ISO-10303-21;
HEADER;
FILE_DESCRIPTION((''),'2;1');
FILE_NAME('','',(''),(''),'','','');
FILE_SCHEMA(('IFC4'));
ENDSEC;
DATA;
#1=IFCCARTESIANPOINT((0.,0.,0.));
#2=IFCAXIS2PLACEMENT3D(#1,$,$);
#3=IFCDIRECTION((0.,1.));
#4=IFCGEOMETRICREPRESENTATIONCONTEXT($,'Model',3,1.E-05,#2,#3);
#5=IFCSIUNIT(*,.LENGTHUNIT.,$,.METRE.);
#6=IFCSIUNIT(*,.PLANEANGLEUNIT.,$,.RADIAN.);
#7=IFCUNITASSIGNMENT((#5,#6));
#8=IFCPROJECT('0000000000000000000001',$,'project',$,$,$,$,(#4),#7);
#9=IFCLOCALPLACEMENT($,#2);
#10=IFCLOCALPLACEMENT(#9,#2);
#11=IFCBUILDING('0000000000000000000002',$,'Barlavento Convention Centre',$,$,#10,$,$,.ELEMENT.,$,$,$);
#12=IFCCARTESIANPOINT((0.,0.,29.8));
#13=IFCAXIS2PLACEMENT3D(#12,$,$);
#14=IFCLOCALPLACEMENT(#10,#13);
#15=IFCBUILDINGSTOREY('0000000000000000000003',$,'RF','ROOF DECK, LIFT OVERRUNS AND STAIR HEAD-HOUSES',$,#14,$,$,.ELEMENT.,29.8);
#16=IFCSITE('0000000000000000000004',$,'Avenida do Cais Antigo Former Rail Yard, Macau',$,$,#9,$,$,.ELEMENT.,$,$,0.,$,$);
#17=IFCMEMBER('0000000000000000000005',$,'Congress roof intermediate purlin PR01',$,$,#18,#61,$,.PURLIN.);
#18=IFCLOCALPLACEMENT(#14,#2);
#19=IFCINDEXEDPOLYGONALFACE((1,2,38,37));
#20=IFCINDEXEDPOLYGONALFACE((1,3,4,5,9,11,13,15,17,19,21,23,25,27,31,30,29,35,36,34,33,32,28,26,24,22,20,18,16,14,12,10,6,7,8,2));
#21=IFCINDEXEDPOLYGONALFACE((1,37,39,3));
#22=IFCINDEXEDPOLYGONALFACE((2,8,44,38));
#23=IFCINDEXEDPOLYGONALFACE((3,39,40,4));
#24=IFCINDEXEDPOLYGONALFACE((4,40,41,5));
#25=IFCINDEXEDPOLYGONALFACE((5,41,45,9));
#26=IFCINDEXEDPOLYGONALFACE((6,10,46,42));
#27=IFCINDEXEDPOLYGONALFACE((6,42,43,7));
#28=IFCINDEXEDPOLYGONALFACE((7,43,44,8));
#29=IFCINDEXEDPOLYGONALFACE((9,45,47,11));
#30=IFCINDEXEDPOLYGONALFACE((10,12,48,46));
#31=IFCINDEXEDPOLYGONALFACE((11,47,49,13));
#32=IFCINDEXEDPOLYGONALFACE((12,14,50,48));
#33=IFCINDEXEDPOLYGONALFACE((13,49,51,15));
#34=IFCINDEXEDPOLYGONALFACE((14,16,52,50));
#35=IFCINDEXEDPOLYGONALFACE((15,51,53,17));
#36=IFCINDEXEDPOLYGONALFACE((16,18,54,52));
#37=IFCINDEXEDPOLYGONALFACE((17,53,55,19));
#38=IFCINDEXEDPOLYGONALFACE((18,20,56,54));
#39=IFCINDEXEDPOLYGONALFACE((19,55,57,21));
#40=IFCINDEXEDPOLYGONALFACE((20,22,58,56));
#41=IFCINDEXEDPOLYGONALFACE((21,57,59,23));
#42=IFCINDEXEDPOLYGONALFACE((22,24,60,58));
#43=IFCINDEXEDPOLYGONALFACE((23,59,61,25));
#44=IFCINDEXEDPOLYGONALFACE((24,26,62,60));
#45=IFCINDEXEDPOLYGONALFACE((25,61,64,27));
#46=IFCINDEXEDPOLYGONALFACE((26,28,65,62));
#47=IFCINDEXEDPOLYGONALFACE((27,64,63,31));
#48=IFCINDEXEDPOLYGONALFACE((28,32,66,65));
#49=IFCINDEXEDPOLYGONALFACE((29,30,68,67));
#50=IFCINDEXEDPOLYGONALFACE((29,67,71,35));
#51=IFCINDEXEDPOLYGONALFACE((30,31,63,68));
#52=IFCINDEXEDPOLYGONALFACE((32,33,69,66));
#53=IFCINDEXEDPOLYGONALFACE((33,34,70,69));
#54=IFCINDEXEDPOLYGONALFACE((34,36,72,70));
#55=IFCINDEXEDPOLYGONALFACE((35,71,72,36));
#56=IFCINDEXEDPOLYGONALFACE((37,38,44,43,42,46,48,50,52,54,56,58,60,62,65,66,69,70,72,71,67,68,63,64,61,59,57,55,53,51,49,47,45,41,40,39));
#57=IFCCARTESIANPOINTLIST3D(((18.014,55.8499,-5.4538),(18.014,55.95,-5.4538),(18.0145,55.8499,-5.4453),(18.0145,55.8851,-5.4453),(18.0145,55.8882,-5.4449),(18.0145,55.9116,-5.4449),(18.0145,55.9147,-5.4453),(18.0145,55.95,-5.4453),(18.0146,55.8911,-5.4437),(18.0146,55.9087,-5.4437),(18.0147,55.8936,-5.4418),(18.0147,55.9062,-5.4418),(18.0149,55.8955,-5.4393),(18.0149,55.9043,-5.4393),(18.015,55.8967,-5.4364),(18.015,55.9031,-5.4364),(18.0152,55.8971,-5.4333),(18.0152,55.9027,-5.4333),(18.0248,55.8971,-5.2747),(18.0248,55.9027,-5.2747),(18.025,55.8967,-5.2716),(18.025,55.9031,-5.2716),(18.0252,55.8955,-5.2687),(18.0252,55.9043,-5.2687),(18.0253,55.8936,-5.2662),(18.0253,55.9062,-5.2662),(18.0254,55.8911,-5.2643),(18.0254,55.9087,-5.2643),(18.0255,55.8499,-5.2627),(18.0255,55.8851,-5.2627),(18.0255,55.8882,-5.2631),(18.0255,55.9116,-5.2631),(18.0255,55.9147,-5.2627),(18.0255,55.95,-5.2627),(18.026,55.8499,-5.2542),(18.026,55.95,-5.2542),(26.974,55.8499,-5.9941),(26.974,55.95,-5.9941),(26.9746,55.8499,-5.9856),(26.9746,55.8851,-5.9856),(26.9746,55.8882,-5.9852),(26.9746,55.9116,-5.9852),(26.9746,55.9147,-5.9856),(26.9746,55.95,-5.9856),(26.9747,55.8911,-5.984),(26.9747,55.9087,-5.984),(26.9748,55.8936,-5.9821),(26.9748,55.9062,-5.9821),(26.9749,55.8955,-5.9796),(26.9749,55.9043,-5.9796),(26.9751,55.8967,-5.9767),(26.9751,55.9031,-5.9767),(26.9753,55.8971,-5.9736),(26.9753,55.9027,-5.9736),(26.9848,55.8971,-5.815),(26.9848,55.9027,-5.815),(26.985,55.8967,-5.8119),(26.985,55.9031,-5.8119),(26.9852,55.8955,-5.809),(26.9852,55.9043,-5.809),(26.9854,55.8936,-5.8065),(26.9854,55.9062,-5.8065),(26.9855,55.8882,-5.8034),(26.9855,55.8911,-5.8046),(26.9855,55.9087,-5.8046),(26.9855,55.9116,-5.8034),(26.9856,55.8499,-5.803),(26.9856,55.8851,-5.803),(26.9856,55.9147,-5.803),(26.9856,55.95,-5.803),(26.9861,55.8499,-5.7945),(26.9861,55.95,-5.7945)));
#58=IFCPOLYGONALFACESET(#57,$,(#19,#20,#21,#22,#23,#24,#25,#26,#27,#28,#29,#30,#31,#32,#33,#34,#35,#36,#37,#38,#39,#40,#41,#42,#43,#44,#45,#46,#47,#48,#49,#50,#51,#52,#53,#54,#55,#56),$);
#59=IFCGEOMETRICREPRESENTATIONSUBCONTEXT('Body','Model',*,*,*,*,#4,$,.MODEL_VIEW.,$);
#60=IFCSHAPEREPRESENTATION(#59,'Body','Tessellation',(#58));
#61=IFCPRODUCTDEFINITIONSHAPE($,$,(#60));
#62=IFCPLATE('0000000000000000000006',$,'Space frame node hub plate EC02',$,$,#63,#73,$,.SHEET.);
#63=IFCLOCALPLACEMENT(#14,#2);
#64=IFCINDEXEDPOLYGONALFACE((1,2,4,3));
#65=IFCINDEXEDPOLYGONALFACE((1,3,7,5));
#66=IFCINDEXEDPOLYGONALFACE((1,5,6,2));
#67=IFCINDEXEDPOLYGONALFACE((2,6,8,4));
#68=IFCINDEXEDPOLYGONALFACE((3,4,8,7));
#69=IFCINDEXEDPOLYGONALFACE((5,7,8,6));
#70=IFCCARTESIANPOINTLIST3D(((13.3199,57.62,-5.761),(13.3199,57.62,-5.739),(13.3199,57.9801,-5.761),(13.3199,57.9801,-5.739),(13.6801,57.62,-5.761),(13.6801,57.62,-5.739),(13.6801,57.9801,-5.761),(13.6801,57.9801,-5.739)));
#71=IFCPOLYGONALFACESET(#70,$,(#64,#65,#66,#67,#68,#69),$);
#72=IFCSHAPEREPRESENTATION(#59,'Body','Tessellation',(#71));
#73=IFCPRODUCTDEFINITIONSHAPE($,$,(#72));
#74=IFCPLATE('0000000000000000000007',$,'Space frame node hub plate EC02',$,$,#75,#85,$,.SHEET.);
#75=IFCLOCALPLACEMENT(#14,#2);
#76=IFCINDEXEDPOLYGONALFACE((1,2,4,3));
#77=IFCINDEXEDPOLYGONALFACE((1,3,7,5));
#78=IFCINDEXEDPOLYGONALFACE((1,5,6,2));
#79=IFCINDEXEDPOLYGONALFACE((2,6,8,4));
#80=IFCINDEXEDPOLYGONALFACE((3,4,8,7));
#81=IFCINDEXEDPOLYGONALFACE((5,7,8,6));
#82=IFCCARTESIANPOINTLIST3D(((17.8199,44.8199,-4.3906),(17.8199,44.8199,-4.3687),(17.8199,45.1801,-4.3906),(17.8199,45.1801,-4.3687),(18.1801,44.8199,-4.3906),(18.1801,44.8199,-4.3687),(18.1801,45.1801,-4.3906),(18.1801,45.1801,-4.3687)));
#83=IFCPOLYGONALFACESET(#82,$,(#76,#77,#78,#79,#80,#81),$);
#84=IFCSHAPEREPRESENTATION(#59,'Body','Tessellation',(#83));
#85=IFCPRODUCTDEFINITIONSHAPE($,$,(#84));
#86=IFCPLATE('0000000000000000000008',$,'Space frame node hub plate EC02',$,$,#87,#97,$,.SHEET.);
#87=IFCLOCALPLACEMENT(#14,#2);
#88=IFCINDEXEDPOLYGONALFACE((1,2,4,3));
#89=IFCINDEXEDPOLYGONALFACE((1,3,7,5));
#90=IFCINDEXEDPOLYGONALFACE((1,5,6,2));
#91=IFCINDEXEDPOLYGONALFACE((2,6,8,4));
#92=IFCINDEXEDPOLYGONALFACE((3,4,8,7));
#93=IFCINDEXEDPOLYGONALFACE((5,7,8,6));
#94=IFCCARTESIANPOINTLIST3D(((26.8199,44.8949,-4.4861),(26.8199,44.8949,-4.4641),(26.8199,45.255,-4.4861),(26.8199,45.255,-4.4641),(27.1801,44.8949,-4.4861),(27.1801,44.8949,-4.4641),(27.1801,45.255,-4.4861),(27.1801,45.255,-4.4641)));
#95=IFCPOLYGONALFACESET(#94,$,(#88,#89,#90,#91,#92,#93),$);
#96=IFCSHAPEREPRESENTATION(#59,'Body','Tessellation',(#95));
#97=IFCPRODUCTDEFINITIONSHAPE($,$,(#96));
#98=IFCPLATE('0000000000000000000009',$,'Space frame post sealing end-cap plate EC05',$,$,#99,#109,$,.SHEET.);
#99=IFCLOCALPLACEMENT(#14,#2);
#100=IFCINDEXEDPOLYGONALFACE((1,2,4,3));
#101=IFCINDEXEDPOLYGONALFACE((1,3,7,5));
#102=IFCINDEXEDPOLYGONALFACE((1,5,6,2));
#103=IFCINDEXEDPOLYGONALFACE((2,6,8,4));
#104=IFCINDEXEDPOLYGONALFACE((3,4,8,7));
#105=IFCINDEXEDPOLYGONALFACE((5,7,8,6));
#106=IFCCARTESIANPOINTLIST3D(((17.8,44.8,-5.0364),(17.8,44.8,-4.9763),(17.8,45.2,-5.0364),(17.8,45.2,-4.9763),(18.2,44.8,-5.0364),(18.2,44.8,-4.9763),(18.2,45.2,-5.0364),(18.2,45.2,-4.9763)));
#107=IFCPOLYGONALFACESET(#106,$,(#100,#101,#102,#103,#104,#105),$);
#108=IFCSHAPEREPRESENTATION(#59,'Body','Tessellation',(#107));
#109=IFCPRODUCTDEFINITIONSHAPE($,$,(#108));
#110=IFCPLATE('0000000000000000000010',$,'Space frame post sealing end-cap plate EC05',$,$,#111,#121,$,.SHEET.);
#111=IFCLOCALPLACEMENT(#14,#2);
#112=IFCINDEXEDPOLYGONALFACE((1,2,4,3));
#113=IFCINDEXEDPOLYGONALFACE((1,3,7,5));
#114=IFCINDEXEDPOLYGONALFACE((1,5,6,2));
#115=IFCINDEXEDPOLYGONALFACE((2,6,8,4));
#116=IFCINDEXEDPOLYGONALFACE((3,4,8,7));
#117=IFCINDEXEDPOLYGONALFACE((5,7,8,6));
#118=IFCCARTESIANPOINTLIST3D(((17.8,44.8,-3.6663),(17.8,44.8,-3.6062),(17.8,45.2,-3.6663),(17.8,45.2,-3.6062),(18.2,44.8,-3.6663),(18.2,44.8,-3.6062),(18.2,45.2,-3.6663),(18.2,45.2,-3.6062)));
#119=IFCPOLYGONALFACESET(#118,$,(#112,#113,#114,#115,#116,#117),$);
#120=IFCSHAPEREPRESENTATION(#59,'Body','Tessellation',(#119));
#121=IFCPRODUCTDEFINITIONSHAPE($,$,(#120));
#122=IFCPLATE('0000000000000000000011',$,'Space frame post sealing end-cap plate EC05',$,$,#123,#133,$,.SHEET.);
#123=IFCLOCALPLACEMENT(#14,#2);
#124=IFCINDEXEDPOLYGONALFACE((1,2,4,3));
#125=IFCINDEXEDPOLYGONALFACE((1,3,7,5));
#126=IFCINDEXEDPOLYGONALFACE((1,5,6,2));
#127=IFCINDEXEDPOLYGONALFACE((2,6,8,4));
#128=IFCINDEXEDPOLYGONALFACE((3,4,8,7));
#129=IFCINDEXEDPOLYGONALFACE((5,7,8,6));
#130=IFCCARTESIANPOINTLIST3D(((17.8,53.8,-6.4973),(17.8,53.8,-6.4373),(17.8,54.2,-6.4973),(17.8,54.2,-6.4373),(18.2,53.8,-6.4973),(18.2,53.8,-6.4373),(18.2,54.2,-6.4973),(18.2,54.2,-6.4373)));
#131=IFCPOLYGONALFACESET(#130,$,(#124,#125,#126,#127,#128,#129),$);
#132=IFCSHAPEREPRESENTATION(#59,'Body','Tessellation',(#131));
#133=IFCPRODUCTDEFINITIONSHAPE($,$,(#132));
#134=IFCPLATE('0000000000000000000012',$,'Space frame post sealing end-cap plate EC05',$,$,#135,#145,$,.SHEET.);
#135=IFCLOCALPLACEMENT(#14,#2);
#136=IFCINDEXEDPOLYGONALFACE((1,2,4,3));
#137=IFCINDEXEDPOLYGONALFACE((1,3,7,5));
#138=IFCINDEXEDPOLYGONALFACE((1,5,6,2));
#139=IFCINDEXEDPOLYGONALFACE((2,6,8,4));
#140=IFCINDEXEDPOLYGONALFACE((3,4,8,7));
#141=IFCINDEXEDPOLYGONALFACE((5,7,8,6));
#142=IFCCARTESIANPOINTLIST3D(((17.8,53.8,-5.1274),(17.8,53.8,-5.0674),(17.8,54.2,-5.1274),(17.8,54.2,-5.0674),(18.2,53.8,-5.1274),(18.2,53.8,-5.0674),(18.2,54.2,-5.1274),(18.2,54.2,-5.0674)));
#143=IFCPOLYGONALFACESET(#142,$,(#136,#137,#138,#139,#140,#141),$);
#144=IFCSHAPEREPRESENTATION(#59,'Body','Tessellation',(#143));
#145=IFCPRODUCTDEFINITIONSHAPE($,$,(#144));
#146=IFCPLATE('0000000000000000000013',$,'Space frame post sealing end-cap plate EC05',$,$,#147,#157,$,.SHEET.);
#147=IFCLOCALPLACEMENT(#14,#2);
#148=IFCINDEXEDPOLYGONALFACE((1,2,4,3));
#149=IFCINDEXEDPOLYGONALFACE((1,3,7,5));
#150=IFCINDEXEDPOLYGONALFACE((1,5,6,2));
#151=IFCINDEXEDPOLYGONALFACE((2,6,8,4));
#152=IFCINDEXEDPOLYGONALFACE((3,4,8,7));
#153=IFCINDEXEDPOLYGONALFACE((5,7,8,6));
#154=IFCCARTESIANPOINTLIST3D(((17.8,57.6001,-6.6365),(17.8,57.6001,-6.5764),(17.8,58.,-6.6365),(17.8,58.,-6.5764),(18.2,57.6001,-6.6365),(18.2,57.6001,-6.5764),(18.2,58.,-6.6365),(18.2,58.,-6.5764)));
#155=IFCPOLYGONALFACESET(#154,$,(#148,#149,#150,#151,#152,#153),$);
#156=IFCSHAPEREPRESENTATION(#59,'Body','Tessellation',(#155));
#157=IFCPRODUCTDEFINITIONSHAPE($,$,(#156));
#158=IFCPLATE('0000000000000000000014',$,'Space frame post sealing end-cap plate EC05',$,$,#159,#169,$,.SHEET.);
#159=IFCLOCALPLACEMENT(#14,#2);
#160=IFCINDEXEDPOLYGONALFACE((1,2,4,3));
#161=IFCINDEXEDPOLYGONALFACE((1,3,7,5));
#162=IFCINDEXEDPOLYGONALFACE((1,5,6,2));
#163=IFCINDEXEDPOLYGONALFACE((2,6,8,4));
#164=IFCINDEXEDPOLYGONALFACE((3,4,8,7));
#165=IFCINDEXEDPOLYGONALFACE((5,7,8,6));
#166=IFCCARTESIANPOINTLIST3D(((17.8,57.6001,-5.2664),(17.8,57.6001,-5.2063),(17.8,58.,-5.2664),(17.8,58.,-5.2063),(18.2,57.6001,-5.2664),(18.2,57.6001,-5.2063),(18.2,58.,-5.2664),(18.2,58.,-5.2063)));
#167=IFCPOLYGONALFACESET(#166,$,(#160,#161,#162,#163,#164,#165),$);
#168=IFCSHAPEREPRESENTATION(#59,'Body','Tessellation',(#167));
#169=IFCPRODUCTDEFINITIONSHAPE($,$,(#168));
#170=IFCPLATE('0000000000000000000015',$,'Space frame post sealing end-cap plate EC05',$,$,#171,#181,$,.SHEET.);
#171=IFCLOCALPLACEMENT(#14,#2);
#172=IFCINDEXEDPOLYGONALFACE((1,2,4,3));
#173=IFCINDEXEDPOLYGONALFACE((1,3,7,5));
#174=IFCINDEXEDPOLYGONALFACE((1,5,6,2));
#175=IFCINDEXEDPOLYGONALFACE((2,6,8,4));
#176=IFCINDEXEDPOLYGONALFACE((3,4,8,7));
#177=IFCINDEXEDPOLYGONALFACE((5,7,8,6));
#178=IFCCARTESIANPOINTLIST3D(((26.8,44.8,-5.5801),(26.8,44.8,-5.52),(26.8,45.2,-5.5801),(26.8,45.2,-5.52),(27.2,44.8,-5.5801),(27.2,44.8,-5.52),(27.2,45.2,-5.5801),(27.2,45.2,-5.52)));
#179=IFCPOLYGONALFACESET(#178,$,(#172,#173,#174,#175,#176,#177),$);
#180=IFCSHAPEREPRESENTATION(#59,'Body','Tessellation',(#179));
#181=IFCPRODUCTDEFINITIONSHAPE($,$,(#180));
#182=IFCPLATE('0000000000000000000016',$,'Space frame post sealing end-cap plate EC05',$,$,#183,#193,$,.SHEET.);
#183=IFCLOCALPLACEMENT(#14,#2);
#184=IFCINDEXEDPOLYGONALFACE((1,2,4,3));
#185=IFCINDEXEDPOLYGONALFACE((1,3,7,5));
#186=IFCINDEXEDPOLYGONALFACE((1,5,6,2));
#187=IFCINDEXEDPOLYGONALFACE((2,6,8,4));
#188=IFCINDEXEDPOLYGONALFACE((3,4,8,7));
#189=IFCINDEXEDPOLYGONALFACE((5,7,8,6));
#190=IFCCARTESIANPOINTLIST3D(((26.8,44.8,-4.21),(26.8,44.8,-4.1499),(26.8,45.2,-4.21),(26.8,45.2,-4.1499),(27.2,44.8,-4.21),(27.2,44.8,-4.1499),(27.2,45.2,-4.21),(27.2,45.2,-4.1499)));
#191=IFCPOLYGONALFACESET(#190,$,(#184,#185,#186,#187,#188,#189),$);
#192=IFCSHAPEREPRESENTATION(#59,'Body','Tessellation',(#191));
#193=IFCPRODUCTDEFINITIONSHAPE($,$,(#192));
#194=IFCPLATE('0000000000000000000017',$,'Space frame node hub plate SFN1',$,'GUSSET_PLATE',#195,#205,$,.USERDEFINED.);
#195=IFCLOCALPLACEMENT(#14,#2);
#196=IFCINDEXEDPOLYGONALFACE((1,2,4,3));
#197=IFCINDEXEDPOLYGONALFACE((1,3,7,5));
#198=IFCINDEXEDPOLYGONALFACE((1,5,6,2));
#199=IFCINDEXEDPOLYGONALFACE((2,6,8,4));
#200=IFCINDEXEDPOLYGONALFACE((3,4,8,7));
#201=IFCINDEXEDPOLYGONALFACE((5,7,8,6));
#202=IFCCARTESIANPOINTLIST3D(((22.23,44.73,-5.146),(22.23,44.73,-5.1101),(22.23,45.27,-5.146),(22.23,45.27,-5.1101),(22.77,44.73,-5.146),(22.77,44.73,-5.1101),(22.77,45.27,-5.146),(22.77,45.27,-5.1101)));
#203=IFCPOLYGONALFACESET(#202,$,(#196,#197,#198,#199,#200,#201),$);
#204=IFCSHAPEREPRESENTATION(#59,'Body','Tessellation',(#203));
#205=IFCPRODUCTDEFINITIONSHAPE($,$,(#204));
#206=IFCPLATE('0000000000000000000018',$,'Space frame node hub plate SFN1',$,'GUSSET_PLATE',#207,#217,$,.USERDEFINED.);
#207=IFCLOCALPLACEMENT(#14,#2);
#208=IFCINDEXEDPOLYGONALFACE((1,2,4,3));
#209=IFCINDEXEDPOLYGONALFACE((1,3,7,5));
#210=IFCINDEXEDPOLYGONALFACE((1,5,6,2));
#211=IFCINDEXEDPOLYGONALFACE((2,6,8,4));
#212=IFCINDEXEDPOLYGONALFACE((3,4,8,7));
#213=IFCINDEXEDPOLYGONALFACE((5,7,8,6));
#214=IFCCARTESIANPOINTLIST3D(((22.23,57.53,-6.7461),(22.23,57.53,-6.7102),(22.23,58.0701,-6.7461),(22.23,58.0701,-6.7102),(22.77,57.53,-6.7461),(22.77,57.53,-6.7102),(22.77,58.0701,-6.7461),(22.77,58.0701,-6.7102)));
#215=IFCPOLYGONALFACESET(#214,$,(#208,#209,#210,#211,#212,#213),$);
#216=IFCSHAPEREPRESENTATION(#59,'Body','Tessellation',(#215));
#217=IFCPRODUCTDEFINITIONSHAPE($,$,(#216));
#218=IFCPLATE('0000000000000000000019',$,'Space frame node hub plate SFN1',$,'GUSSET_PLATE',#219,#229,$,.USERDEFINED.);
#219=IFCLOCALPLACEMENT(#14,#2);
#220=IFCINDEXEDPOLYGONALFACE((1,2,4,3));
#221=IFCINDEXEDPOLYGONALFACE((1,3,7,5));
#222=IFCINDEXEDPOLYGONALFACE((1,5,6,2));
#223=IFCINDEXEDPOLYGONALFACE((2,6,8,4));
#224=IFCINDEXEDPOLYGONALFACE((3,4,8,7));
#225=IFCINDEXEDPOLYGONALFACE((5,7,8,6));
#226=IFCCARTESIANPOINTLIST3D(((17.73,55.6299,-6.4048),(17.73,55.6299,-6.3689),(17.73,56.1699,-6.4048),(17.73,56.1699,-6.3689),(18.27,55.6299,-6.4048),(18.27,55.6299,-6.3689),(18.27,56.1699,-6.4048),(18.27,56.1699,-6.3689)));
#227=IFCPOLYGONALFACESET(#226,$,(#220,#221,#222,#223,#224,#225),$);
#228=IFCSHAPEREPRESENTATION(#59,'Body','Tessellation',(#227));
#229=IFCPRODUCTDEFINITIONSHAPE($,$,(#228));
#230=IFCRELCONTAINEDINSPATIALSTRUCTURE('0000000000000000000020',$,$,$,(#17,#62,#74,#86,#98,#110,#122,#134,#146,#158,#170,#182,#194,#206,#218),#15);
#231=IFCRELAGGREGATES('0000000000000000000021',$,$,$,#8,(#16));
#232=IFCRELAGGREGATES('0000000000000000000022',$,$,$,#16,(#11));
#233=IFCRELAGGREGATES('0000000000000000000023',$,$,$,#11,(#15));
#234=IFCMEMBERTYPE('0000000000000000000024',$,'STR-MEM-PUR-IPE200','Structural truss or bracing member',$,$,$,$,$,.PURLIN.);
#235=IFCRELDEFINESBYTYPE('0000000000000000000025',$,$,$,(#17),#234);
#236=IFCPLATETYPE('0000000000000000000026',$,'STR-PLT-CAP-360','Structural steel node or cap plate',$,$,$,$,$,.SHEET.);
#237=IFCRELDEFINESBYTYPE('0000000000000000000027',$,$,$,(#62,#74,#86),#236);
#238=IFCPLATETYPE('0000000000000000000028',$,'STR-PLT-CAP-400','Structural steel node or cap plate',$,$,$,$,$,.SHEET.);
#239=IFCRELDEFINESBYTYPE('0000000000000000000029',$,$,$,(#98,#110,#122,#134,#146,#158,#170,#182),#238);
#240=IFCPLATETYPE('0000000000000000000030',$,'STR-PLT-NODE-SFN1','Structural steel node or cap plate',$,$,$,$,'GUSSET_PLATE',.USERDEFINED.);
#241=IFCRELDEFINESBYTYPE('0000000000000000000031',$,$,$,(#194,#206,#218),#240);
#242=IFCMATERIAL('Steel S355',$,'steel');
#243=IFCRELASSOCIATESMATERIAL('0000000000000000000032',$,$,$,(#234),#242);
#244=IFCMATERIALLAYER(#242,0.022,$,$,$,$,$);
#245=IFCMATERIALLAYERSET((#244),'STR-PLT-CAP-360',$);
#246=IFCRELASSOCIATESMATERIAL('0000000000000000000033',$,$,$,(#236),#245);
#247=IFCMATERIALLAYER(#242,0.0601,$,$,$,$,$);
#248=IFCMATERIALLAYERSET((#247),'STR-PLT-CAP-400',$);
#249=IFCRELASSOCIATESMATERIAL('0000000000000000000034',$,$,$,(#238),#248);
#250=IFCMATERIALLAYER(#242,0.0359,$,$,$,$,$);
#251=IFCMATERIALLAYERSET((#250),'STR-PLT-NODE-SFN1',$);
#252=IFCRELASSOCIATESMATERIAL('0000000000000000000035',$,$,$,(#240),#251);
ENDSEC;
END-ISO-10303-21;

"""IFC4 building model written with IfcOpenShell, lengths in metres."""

from ifc_helpers import new_model, si_unit, direction, frame, origin, origin_2d, place, context, subcontext, project, spatial, rectangle, i_section, extrude, material, layer, layer_set, material_profile, profile_set, type_object, element, save


model = new_model("IFC4")

# Units and contexts
model_context = context("Model", 3, precision=1e-05, world=origin(), true_north=direction((0.0, 1.0)))
body_context = subcontext(model_context, "Body", "Model", "MODEL_VIEW")
ifc_project = project(units=[si_unit("LENGTHUNIT", "METRE"), si_unit("PLANEANGLEUNIT", "RADIAN")], contexts=[model_context])

# Site, building, storey
site_placement = place(None, origin())
site = spatial("IfcSite", under=ifc_project, at=site_placement, Name="Avenida do Cais Antigo Former Rail Yard, Macau", CompositionType="ELEMENT", RefElevation=0.0)
building_placement = place(site_placement, origin())
building = spatial("IfcBuilding", under=site, at=building_placement, Name="Barlavento Convention Centre", CompositionType="ELEMENT")
storey_placement = place(building_placement, frame((0.0, 0.0, 29.8)))
storey = spatial("IfcBuildingStorey", under=building, at=storey_placement, Name="RF", Description="ROOF DECK, LIFT OVERRUNS AND STAIR HEAD-HOUSES", CompositionType="ELEMENT", Elevation=29.8)

# Shared definitions
ifc_material_1 = material(Name="Steel S355", Category="steel")

# Member
ifc_material_profile_1 = material_profile(ifc_material_1, i_section(OverallWidth=0.1001, OverallDepth=0.2, WebThickness=0.0056, FlangeThickness=0.0085, FilletRadius=0.012, at=origin_2d()), Name="IPE 200")
ifc_profile_set_1 = profile_set([ifc_material_profile_1], Name="Steel S355")
member_type_1 = type_object("IfcMemberType", Name="STR-MEM-PUR-IPE200", Description="Structural truss or bracing member", PredefinedType="PURLIN", material=ifc_profile_set_1)
member_1_placement = place(storey_placement, frame((18.02, 55.8999, -5.354), z_axis=(0.998187, 0.0, -0.06019), x_axis=(0.0, 1.0, 0.0)))
element("IfcMember", 1, at=member_1_placement, inside=storey, type_object=member_type_1, Name="Congress roof intermediate purlin PR01", PredefinedType="PURLIN", context=body_context, shape_type="SweptSolid", body=[
    extrude(i_section(OverallWidth=0.1001, OverallDepth=0.2, WebThickness=0.0056, FlangeThickness=0.0085, FilletRadius=0.012, at=origin_2d()), origin(), (0.0, 0.0, 1.0), 8.9763),
])

# Plates
ifc_layer_1 = layer(ifc_material_1, 0.022)
ifc_layer_set_1 = layer_set([ifc_layer_1], Name="STR-PLT-CAP-360")
plate_type_1 = type_object("IfcPlateType", Name="STR-PLT-CAP-360", Description="Structural steel node or cap plate", PredefinedType="SHEET", material=ifc_layer_set_1)
for number, where, z_axis, x_axis, name in (
    (2, (13.5, 57.8, -5.761), (0.0, 0.0, 1.0), (1.0, 0.0, 0.0), "Space frame node hub plate EC02"),
    (3, (18.0, 45.0, -4.3906), (0.0, 0.0, 1.0), (1.0, 0.0, 0.0), "Space frame node hub plate EC02"),
    (4, (27.0, 45.075, -4.4861), (0.0, 0.0, 1.0), (1.0, 0.0, 0.0), "Space frame node hub plate EC02"),
):
    element("IfcPlate", number, at=place(storey_placement, frame(where, z_axis=z_axis, x_axis=x_axis)), inside=storey, type_object=plate_type_1, Name=name, PredefinedType="SHEET", context=body_context, shape_type="SweptSolid", body=[
        extrude(rectangle(XDim=0.3601, YDim=0.3601, at=origin_2d()), origin(), (0.0, 0.0, 1.0), 0.022),
    ])
ifc_layer_2 = layer(ifc_material_1, 0.0601)
ifc_layer_set_2 = layer_set([ifc_layer_2], Name="STR-PLT-CAP-400")
plate_type_2 = type_object("IfcPlateType", Name="STR-PLT-CAP-400", Description="Structural steel node or cap plate", PredefinedType="SHEET", material=ifc_layer_set_2)
for number, where, z_axis, x_axis, name in (
    (5, (18.0, 45.0, -5.0364), (0.0, 0.0, 1.0), (1.0, 0.0, 0.0), "Space frame post sealing end-cap plate EC05"),
    (6, (18.0, 45.0, -3.6663), (0.0, 0.0, 1.0), (1.0, 0.0, 0.0), "Space frame post sealing end-cap plate EC05"),
    (7, (18.0, 54.0, -6.4973), (0.0, 0.0, 1.0), (1.0, 0.0, 0.0), "Space frame post sealing end-cap plate EC05"),
    (8, (18.0, 54.0, -5.1274), (0.0, 0.0, 1.0), (1.0, 0.0, 0.0), "Space frame post sealing end-cap plate EC05"),
    (9, (18.0, 57.8, -6.6365), (0.0, 0.0, 1.0), (1.0, 0.0, 0.0), "Space frame post sealing end-cap plate EC05"),
    (10, (18.0, 57.8, -5.2664), (0.0, 0.0, 1.0), (1.0, 0.0, 0.0), "Space frame post sealing end-cap plate EC05"),
    (11, (27.0, 45.0, -5.5801), (0.0, 0.0, 1.0), (1.0, 0.0, 0.0), "Space frame post sealing end-cap plate EC05"),
    (12, (27.0, 45.0, -4.21), (0.0, 0.0, 1.0), (1.0, 0.0, 0.0), "Space frame post sealing end-cap plate EC05"),
):
    element("IfcPlate", number, at=place(storey_placement, frame(where, z_axis=z_axis, x_axis=x_axis)), inside=storey, type_object=plate_type_2, Name=name, PredefinedType="SHEET", context=body_context, shape_type="SweptSolid", body=[
        extrude(rectangle(XDim=0.3999, YDim=0.3999, at=origin_2d()), origin(), (0.0, 0.0, 1.0), 0.0601),
    ])
ifc_layer_3 = layer(ifc_material_1, 0.0359)
ifc_layer_set_3 = layer_set([ifc_layer_3], Name="STR-PLT-NODE-SFN1")
plate_type_3 = type_object("IfcPlateType", Name="STR-PLT-NODE-SFN1", Description="Structural steel node or cap plate", ElementType="GUSSET_PLATE", PredefinedType="USERDEFINED", material=ifc_layer_set_3)
for number, where, z_axis, x_axis, name in (
    (13, (22.5, 45.0, -5.146), (0.0, 0.0, 1.0), (1.0, 0.0, 0.0), "Space frame node hub plate SFN1"),
    (14, (22.5, 57.8, -6.7461), (0.0, 0.0, 1.0), (1.0, 0.0, 0.0), "Space frame node hub plate SFN1"),
    (15, (18.0, 55.8999, -6.4048), (0.0, 0.0, 1.0), (1.0, 0.0, 0.0), "Space frame node hub plate SFN1"),
):
    element("IfcPlate", number, at=place(storey_placement, frame(where, z_axis=z_axis, x_axis=x_axis)), inside=storey, type_object=plate_type_3, Name=name, ObjectType="GUSSET_PLATE", PredefinedType="USERDEFINED", context=body_context, shape_type="SweptSolid", body=[
        extrude(rectangle(XDim=0.54, YDim=0.54, at=origin_2d()), origin(), (0.0, 0.0, 1.0), 0.0359),
    ])

save(model, "model.ifc")
